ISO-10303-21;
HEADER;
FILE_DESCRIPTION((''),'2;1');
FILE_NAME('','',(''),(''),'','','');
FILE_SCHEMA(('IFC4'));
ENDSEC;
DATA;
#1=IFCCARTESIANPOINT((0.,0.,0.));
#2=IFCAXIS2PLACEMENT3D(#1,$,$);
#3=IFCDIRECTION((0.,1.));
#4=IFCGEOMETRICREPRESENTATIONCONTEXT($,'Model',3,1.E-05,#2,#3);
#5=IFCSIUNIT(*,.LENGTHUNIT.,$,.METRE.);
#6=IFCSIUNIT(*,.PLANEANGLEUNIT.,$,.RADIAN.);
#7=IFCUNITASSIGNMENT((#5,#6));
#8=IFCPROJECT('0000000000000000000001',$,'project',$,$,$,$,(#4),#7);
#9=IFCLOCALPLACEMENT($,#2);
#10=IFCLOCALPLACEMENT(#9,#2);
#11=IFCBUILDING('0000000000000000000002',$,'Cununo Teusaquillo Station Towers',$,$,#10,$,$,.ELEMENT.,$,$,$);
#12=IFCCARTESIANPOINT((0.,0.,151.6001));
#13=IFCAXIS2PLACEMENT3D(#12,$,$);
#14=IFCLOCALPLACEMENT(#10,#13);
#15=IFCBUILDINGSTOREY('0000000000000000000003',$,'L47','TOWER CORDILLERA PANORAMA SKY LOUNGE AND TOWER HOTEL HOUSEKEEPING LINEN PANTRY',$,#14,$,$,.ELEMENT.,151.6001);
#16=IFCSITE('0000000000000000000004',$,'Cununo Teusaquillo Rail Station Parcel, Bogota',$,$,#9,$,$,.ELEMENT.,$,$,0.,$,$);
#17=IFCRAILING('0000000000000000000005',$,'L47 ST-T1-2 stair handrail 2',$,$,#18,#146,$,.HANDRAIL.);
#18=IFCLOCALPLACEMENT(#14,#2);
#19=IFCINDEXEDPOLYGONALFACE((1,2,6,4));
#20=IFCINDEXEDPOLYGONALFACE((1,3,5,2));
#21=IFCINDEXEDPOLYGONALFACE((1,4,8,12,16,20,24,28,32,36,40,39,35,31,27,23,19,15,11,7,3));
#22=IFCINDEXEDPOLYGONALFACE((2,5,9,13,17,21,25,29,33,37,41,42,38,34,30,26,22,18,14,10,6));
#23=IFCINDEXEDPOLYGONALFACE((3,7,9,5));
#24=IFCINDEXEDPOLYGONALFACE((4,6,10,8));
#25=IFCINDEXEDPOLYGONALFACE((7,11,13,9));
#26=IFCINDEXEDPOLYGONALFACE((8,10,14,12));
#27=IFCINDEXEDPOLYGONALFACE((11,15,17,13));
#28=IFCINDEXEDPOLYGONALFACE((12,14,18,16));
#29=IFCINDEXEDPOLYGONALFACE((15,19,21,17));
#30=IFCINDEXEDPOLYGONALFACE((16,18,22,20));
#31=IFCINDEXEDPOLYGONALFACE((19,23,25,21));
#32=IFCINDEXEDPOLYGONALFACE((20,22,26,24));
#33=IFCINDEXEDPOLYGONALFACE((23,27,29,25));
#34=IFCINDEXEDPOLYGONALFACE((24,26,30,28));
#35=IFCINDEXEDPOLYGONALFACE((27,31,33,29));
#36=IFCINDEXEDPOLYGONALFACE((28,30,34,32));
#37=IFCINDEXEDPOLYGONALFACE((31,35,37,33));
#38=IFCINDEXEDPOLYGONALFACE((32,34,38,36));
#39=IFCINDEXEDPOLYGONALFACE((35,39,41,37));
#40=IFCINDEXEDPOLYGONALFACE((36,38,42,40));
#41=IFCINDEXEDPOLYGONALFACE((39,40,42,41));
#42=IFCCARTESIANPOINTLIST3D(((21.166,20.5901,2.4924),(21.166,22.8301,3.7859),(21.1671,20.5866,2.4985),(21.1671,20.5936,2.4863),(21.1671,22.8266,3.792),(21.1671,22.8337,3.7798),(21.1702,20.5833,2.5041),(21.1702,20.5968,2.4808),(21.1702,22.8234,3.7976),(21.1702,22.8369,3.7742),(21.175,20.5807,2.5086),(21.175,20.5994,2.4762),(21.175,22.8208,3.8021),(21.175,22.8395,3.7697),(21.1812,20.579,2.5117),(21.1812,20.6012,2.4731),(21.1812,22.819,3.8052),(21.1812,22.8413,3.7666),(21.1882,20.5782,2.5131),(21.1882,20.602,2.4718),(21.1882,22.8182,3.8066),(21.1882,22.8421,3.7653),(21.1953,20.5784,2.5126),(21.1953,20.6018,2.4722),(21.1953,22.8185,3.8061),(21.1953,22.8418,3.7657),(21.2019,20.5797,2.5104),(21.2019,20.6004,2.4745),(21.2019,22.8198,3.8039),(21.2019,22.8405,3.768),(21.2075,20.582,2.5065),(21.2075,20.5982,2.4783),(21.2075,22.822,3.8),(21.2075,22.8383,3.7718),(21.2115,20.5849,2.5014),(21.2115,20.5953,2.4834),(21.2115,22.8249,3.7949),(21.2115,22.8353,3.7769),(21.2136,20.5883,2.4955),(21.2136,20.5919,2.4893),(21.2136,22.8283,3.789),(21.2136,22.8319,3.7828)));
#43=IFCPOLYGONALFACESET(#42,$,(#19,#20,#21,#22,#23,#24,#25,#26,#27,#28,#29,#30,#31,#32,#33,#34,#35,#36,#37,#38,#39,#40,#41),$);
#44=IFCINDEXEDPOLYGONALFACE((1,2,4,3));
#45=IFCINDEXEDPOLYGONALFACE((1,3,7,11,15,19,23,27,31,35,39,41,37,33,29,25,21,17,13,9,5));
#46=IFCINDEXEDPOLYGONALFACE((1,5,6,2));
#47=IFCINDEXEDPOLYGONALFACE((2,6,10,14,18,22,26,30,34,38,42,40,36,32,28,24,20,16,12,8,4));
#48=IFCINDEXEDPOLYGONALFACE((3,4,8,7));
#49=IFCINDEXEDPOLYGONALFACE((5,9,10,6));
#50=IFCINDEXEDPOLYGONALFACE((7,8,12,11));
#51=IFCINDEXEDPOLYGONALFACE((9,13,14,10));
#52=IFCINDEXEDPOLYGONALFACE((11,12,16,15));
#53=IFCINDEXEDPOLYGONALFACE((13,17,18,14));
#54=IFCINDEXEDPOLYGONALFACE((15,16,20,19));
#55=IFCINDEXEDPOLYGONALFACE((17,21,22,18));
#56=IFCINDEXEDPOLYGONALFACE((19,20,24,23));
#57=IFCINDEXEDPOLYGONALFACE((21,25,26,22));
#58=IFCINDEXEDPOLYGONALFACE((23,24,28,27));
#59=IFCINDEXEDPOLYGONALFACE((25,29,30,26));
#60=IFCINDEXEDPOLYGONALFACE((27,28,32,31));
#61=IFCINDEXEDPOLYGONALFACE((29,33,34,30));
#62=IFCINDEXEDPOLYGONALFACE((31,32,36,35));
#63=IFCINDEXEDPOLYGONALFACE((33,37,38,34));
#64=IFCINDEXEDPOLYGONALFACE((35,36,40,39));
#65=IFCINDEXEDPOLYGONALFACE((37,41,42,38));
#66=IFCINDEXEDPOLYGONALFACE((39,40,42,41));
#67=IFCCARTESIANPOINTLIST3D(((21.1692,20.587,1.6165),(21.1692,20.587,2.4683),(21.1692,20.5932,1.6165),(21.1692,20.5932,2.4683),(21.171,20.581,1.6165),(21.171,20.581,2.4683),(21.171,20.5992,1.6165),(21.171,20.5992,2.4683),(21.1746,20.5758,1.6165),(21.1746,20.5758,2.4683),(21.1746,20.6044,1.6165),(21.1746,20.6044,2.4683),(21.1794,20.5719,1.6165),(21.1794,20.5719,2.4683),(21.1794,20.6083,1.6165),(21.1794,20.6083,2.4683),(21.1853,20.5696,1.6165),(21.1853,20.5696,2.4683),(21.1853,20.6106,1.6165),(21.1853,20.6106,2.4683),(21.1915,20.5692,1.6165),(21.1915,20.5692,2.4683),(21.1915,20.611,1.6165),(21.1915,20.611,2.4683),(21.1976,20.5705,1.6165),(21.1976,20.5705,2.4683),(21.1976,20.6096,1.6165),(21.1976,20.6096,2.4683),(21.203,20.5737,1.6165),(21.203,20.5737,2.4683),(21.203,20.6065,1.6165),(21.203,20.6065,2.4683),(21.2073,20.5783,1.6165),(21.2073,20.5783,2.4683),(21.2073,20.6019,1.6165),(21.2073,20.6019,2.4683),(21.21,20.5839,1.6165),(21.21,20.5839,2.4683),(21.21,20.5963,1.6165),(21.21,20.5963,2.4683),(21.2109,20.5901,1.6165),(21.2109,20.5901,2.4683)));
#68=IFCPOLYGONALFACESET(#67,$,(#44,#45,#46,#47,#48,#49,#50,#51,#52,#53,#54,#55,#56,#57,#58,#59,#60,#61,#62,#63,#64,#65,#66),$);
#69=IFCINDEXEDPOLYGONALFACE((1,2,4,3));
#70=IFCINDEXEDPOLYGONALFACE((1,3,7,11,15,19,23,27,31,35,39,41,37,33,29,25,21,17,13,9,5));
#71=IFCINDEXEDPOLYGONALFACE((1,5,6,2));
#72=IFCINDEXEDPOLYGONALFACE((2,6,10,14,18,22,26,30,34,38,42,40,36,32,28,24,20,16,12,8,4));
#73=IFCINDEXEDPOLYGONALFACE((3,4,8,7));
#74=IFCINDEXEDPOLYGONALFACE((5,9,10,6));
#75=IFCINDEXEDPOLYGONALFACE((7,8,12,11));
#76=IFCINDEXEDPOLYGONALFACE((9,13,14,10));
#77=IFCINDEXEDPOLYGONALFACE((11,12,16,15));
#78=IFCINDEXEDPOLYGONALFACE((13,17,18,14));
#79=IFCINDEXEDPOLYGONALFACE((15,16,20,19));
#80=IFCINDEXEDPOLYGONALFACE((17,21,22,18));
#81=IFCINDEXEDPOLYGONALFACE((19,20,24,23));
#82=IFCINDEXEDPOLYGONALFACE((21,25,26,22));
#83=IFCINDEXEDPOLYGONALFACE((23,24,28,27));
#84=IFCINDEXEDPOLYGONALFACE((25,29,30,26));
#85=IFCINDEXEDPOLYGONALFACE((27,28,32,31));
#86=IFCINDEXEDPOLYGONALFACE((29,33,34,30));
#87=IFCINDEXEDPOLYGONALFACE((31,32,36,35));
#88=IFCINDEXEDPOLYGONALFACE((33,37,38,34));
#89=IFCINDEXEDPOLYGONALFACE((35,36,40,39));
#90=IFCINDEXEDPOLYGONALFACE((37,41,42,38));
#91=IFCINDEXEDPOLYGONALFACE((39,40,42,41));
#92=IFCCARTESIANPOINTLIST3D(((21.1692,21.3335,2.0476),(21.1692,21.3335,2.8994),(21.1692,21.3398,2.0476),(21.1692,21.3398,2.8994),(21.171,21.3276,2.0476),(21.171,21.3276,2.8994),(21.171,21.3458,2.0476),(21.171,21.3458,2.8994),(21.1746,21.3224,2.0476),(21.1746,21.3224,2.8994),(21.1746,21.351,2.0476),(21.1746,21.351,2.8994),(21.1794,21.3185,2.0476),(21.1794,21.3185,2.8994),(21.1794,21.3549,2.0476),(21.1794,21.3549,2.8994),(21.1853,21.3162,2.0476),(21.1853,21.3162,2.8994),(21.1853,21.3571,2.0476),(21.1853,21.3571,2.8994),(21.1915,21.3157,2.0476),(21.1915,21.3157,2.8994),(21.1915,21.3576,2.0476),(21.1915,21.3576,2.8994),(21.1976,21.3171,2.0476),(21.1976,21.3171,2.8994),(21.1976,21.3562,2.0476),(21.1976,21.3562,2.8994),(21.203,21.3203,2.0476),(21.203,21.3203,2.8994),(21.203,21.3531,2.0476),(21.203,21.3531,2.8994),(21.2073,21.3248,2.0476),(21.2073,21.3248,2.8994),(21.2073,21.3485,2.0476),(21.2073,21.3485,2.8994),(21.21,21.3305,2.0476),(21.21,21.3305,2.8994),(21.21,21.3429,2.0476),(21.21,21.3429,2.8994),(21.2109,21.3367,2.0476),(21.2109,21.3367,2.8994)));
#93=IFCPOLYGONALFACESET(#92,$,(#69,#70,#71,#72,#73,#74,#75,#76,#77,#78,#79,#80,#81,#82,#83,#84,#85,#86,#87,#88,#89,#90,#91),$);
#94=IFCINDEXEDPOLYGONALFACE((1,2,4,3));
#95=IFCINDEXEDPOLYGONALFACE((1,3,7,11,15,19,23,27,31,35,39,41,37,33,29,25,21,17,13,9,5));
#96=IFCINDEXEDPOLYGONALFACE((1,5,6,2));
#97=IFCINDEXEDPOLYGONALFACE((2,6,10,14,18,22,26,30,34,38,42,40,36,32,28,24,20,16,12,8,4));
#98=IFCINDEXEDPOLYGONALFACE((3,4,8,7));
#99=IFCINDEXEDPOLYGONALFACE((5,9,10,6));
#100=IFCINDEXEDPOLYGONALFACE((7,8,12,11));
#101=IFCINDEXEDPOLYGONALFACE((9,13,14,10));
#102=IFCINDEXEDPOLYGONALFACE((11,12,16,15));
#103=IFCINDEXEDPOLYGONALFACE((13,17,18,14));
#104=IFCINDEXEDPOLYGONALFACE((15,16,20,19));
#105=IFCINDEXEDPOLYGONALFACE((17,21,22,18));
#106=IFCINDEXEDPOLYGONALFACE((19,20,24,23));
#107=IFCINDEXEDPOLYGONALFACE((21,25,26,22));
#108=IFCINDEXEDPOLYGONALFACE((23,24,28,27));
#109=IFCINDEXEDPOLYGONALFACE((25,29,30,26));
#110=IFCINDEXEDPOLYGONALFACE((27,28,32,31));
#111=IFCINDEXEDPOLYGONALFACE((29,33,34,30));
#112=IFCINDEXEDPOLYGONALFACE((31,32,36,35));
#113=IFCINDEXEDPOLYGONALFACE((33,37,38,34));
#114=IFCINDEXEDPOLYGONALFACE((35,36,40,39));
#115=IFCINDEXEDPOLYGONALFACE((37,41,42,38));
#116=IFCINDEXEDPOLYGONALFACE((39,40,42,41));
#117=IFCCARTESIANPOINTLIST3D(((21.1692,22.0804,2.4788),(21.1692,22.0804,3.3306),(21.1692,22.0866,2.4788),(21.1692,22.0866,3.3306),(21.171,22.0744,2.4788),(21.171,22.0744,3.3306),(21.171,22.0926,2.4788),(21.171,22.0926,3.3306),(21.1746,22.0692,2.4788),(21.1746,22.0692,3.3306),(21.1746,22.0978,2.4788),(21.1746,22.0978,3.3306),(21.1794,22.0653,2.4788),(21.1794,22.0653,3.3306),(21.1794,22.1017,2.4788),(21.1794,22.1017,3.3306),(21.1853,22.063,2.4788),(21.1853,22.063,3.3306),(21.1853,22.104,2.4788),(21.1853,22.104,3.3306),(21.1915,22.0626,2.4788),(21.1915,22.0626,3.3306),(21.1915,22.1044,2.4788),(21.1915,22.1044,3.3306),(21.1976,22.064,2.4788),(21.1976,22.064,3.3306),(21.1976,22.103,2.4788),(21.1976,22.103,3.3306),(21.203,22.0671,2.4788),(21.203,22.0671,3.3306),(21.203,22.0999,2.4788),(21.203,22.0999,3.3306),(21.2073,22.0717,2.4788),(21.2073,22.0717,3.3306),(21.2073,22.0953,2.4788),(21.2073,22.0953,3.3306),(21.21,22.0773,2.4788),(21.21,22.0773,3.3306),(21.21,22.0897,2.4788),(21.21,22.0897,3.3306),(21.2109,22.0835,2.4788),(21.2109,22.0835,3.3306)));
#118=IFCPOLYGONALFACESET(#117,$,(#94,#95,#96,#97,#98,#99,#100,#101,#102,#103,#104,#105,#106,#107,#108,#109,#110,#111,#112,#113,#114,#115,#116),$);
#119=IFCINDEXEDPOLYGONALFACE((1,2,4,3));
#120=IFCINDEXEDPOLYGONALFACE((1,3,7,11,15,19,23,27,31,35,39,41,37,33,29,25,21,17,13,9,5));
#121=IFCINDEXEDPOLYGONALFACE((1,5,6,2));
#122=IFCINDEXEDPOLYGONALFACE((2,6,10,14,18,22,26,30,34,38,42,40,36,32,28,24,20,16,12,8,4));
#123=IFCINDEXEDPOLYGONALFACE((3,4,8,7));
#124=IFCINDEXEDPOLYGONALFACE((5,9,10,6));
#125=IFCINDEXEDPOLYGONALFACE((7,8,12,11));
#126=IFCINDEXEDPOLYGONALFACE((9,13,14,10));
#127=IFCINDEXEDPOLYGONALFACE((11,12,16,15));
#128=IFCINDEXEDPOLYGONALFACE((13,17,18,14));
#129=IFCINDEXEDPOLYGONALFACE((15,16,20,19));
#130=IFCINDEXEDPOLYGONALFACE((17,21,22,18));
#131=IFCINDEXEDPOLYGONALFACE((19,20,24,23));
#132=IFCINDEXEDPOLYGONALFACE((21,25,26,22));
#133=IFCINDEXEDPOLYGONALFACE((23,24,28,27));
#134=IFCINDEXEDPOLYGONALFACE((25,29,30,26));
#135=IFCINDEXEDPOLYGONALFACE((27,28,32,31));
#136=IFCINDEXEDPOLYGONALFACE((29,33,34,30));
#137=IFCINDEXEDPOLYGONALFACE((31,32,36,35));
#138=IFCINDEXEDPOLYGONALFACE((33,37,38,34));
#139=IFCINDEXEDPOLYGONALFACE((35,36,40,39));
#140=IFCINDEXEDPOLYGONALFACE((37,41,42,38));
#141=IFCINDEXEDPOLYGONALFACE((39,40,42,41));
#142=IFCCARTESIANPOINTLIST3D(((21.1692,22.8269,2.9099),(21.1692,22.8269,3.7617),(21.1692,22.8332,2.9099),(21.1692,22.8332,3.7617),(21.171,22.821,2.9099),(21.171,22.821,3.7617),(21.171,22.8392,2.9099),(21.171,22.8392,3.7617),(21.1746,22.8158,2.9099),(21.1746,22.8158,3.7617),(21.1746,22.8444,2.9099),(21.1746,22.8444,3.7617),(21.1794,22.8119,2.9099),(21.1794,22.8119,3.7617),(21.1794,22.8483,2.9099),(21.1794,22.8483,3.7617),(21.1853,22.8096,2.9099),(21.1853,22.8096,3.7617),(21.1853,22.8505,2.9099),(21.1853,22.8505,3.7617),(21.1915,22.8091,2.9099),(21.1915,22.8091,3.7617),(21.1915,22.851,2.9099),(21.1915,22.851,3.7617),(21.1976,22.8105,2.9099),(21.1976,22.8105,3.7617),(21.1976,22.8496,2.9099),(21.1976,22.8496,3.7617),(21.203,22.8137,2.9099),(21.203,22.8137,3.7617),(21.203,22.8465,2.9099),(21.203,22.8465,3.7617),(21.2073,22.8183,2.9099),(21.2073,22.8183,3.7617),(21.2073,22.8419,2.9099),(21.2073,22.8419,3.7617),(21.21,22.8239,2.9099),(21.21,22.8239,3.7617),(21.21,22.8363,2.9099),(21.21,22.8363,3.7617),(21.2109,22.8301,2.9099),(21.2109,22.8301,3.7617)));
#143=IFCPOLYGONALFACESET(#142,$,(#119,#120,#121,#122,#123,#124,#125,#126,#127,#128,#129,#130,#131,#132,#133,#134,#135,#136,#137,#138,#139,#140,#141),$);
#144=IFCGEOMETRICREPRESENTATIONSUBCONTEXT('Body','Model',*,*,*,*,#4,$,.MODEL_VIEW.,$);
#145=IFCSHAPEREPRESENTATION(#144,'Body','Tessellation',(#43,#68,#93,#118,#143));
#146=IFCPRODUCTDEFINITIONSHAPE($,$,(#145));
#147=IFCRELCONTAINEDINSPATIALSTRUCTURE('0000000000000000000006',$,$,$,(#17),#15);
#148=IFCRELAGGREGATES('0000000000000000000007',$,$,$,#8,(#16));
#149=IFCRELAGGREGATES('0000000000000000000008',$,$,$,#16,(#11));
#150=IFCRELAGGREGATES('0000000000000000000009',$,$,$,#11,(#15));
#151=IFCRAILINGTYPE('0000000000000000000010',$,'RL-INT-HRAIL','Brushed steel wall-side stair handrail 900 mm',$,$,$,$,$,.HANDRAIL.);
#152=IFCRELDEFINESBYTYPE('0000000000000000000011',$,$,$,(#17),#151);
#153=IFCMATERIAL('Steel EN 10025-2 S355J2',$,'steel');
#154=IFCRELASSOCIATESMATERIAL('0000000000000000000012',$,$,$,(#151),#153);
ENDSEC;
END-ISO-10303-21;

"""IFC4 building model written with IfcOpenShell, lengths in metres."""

from ifc_helpers import new_model, si_unit, direction, frame, origin, origin_2d, place, context, subcontext, project, spatial, circle, extrude, material, type_object, element, save


model = new_model("IFC4")

# Units and contexts
model_context = context("Model", 3, precision=1e-05, world=origin(), true_north=direction((0.0, 1.0)))
body_context = subcontext(model_context, "Body", "Model", "MODEL_VIEW")
ifc_project = project(units=[si_unit("LENGTHUNIT", "METRE"), si_unit("PLANEANGLEUNIT", "RADIAN")], contexts=[model_context])

# Site, building, storey
site_placement = place(None, origin())
site = spatial("IfcSite", under=ifc_project, at=site_placement, Name="Cununo Teusaquillo Rail Station Parcel, Bogota", CompositionType="ELEMENT", RefElevation=0.0)
building_placement = place(site_placement, origin())
building = spatial("IfcBuilding", under=site, at=building_placement, Name="Cununo Teusaquillo Station Towers", CompositionType="ELEMENT")
storey_placement = place(building_placement, frame((0.0, 0.0, 151.6001)))
storey = spatial("IfcBuildingStorey", under=building, at=storey_placement, Name="L47", Description="TOWER CORDILLERA PANORAMA SKY LOUNGE AND TOWER HOTEL HOUSEKEEPING LINEN PANTRY", CompositionType="ELEMENT", Elevation=151.6001)

# Railing
ifc_material_1 = material(Name="Steel EN 10025-2 S355J2", Category="steel")
railing_type_1 = type_object("IfcRailingType", Name="RL-INT-HRAIL", Description="Brushed steel wall-side stair handrail 900 mm", PredefinedType="HANDRAIL", material=ifc_material_1)
railing_1_placement = place(storey_placement, frame((21.1899, 20.5901, 1.6165)))
element("IfcRailing", 1, at=railing_1_placement, inside=storey, type_object=railing_type_1, Name="L47 ST-T1-2 stair handrail 2", PredefinedType="HANDRAIL", context=body_context, shape_type="SweptSolid", body=[
    extrude(circle(Radius=0.0239, at=origin_2d()), frame((0.0, 0.0, 0.876), z_axis=(0.0, 0.865992, 0.500057), x_axis=(-1.0, 0.0, 0.0)), (0.0, 0.0, 1.0), 2.5867),
    extrude(circle(Radius=0.021, at=origin_2d()), origin(), (0.0, 0.0, 1.0), 0.8518),
    extrude(circle(Radius=0.021, at=origin_2d()), frame((0.0, 0.7466, 0.4312)), (0.0, 0.0, 1.0), 0.8518),
    extrude(circle(Radius=0.021, at=origin_2d()), frame((0.0, 1.4934, 0.8623)), (0.0, 0.0, 1.0), 0.8518),
    extrude(circle(Radius=0.021, at=origin_2d()), frame((0.0, 2.24, 1.2935)), (0.0, 0.0, 1.0), 0.8518),
])

save(model, "model.ifc")
